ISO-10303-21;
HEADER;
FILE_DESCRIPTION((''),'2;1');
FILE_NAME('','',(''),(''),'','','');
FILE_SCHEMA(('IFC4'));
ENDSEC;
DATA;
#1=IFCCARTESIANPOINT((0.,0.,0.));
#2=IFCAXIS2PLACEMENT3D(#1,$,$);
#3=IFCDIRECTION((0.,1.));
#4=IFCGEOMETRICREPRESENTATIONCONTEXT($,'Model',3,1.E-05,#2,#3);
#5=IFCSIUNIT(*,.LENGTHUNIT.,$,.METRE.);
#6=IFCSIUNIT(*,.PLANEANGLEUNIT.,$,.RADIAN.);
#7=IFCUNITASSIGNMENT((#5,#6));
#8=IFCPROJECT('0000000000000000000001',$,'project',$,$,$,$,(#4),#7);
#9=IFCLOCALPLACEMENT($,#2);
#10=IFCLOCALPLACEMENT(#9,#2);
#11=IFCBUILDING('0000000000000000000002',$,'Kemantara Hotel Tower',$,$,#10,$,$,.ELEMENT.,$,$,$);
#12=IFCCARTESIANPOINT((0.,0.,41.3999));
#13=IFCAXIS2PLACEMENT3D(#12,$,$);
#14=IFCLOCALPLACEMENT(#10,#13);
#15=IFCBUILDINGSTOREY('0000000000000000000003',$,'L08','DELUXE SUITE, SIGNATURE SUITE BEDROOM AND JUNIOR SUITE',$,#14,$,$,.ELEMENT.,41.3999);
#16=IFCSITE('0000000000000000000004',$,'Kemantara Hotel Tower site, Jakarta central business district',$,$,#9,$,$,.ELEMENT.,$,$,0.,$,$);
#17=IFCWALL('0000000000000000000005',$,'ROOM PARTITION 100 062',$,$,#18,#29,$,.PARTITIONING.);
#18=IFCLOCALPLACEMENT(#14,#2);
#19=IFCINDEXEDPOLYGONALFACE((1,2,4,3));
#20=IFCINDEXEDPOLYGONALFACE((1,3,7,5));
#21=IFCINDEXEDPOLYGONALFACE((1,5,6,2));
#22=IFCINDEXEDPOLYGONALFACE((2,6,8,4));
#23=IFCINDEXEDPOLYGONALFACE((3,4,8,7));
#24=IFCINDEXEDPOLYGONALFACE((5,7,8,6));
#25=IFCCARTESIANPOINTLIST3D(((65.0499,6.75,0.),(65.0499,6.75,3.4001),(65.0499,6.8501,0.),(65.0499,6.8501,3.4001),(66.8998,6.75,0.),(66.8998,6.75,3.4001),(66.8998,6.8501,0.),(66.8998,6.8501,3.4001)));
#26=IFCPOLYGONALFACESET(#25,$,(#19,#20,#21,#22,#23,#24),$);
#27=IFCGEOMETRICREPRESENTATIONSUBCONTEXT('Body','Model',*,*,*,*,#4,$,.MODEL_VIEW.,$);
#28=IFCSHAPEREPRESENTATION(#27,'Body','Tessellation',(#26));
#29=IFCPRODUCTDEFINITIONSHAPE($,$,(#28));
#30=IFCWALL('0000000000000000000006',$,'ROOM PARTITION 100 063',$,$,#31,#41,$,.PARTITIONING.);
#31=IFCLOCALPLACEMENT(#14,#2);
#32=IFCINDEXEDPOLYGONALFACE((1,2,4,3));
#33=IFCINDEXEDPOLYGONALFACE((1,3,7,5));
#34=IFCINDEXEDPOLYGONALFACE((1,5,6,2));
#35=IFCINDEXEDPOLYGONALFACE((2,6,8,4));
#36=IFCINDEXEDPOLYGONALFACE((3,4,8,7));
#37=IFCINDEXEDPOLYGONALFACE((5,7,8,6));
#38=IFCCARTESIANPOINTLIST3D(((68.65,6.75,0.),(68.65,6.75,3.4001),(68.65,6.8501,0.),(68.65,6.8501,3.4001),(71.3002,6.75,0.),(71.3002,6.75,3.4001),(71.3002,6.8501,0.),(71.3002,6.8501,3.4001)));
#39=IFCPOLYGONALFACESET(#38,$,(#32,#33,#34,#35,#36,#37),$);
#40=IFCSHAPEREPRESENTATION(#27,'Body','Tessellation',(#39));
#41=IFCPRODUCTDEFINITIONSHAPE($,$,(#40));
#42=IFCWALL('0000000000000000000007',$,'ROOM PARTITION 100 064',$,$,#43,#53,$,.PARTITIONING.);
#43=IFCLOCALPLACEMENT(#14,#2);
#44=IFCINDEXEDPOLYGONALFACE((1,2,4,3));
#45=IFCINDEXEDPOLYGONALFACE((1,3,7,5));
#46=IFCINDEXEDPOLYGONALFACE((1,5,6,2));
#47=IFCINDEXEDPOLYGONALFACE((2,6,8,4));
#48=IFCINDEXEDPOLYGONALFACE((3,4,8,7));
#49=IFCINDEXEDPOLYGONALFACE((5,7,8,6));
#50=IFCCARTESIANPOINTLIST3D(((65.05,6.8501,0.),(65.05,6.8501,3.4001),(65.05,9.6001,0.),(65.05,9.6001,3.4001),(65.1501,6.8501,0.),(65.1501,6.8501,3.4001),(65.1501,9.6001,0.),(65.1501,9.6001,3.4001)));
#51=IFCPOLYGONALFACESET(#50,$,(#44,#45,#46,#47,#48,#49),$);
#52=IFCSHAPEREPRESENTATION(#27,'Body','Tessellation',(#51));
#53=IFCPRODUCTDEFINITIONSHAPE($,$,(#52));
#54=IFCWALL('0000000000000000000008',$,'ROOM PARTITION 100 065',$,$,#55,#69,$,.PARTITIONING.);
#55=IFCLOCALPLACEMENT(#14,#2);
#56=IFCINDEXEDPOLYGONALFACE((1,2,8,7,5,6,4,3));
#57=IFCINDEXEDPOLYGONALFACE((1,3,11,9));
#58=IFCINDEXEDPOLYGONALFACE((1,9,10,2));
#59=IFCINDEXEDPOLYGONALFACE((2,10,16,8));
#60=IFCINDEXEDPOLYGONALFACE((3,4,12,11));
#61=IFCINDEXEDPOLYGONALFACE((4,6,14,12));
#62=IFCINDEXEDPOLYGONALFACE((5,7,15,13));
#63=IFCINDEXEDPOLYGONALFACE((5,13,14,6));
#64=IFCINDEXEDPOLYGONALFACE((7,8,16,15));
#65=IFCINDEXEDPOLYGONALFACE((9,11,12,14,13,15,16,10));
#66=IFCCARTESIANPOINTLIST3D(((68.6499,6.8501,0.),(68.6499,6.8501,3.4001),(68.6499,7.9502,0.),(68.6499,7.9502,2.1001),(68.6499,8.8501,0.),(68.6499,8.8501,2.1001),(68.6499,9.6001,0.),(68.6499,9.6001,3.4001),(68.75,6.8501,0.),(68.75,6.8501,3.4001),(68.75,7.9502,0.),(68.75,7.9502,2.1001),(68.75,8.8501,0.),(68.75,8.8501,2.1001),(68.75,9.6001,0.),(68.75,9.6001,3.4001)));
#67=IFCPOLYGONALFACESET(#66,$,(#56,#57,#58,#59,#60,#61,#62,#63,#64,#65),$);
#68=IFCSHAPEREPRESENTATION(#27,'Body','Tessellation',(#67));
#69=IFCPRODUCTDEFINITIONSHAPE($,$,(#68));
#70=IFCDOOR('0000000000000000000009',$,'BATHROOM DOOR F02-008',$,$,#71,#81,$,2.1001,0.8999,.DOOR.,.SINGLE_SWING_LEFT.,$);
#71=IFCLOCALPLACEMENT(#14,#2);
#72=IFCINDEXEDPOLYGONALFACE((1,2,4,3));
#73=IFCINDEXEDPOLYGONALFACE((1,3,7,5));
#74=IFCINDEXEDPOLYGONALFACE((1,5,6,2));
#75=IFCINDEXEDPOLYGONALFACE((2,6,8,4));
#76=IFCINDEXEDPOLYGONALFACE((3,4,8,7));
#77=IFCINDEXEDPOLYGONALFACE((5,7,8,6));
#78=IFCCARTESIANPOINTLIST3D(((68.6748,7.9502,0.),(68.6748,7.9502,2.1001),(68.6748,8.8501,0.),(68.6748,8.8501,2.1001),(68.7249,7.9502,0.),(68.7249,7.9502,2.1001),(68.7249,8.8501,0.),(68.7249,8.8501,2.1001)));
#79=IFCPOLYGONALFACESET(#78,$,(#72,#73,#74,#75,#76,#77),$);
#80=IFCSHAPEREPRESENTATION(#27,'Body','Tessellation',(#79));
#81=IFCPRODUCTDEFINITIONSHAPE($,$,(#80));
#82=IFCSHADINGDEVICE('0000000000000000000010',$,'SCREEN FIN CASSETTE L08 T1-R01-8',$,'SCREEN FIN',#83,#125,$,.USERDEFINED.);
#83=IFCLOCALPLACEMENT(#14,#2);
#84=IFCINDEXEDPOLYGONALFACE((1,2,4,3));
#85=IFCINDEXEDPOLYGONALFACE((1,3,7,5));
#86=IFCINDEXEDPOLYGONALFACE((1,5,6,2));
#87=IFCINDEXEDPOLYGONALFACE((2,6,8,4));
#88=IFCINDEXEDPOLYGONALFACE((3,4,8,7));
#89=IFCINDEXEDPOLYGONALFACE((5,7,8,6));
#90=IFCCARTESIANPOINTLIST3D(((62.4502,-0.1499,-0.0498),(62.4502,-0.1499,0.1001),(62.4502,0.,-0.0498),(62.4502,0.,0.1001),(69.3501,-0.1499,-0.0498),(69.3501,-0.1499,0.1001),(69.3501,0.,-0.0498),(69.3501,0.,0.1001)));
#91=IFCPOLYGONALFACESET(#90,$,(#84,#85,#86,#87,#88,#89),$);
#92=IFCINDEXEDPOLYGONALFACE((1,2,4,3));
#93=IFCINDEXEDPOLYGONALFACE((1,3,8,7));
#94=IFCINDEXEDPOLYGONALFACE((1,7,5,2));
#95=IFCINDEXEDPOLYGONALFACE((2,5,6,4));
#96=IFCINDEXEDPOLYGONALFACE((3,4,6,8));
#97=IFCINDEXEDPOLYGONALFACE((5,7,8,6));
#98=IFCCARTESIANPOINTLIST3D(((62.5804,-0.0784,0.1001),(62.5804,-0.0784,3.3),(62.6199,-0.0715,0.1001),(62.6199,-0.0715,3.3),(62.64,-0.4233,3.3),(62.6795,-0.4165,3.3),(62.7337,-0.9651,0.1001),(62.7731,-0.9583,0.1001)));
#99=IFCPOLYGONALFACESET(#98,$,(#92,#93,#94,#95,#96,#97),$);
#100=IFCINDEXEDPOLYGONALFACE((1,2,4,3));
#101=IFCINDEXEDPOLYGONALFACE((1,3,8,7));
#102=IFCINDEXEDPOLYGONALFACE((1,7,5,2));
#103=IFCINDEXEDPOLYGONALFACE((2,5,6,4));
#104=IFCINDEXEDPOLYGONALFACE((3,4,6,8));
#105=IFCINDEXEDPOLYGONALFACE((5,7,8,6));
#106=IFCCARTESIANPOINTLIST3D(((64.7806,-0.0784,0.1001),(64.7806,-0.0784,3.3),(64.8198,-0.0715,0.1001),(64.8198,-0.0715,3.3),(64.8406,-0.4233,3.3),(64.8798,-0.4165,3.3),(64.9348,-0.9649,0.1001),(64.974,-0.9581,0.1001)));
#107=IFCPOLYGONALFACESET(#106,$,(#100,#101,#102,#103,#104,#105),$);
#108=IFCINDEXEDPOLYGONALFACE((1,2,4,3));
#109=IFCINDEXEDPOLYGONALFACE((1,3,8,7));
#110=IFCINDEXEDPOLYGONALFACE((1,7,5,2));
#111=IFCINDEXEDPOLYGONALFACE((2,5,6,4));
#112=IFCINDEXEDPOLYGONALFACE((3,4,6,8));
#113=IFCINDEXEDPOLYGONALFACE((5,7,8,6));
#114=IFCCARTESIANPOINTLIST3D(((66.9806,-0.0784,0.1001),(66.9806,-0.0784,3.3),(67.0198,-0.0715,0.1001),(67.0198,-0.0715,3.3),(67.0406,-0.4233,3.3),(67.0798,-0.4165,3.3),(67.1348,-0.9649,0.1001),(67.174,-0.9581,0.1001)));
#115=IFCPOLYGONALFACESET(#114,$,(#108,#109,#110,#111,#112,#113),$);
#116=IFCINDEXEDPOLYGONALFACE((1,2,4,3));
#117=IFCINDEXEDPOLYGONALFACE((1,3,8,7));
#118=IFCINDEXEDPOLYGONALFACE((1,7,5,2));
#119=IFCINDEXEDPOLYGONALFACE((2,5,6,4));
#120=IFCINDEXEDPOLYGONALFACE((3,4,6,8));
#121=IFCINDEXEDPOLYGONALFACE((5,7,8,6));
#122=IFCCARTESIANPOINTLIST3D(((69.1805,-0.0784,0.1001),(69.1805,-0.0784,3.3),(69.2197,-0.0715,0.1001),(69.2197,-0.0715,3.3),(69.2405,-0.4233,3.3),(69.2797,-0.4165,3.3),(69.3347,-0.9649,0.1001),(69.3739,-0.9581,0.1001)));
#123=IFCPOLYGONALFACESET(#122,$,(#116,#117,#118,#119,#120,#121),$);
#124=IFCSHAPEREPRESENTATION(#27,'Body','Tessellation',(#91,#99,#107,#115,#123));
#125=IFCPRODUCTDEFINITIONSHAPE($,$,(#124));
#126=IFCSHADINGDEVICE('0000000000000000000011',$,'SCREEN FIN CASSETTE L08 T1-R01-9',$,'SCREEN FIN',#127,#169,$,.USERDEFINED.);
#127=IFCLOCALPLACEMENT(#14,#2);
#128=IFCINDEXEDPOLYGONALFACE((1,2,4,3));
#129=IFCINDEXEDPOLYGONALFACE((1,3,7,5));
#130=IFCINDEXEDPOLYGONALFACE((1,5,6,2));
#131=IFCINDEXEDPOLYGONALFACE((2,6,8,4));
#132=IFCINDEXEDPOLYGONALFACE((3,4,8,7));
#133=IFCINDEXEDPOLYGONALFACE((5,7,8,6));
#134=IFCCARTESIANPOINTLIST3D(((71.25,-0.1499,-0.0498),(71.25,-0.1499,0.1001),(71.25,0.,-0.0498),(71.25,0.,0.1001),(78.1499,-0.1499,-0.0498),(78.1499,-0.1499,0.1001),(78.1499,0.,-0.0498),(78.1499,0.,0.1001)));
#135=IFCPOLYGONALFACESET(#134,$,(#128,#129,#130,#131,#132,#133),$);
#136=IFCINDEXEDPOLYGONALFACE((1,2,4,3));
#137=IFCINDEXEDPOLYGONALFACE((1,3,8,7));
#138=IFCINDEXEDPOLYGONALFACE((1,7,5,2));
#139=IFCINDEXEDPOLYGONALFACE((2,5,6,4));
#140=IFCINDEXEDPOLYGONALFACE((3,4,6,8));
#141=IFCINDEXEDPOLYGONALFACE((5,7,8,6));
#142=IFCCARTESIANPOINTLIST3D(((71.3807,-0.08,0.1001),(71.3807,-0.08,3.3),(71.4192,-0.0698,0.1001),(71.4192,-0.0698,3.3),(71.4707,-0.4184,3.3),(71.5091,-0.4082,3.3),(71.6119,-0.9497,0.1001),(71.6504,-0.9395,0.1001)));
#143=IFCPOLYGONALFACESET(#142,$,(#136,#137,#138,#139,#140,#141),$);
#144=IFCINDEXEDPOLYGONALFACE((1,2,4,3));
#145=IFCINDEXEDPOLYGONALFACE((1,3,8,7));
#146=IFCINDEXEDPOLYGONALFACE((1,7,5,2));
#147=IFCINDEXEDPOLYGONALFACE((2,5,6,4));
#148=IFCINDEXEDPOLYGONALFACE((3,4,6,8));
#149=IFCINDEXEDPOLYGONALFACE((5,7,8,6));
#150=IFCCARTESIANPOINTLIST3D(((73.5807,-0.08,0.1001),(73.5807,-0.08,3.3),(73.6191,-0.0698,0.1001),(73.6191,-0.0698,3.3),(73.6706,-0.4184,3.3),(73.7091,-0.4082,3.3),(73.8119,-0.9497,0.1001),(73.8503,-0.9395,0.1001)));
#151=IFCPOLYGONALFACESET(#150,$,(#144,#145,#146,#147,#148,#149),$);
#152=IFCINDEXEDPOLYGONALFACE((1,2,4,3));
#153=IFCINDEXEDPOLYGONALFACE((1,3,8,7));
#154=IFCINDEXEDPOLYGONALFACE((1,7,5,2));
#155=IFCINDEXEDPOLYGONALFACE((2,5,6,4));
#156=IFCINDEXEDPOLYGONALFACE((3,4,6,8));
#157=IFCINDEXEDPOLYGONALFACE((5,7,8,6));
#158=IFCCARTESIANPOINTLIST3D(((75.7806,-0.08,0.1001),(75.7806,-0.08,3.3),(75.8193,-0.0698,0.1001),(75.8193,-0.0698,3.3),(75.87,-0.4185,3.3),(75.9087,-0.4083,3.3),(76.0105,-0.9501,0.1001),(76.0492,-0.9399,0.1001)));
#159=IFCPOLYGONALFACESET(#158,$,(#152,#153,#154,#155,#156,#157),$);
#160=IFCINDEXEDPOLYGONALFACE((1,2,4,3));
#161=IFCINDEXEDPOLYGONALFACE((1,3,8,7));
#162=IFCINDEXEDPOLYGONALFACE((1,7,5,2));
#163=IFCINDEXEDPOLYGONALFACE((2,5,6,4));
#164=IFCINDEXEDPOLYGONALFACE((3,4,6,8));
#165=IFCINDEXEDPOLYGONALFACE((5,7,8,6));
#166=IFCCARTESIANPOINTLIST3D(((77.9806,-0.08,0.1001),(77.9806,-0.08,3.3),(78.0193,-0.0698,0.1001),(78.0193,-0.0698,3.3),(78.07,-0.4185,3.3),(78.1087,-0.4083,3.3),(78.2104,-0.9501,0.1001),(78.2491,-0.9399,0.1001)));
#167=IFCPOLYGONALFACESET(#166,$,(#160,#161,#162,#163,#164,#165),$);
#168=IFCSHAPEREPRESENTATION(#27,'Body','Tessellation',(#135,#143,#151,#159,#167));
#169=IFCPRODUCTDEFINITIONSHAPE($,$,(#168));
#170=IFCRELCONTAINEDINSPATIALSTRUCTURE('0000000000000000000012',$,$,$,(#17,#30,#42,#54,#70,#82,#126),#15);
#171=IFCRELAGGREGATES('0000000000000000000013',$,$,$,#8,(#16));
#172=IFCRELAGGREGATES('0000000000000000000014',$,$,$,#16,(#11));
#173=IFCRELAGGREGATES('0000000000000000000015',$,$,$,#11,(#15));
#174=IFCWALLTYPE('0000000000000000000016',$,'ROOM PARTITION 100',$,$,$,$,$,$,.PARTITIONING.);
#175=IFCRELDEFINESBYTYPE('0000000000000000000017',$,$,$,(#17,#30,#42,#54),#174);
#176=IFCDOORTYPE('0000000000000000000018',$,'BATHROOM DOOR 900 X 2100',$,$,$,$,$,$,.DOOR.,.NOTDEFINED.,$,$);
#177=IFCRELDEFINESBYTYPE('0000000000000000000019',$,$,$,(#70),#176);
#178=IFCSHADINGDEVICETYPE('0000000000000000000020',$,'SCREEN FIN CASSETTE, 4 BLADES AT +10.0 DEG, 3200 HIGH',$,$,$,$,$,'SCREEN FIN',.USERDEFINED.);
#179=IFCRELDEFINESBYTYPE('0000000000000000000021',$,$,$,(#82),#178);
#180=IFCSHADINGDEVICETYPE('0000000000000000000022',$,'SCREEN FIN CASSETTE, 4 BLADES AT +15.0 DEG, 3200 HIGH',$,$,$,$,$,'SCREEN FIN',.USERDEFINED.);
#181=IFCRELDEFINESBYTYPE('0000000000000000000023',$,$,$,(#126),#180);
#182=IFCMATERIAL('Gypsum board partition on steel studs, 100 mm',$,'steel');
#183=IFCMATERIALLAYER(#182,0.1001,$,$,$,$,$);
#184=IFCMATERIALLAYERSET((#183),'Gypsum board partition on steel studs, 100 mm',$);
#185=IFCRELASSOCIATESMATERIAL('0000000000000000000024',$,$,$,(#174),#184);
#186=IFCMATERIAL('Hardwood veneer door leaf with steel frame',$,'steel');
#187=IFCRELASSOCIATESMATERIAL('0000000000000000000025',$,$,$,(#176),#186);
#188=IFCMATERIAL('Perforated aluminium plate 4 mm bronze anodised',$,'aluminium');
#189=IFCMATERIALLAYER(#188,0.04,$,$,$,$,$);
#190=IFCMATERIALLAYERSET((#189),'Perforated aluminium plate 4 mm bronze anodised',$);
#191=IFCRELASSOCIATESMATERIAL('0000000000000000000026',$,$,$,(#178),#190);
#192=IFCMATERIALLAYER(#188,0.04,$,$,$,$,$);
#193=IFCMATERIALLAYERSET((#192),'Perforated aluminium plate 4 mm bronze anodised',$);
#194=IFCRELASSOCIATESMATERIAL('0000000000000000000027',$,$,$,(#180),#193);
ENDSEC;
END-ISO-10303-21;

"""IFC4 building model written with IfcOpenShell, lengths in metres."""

from ifc_helpers import new_model, si_unit, direction, frame, frame_2d, origin, origin_2d, place, context, subcontext, project, spatial, polyline, rectangle, outline, extrude, source, transform, mapped, material, layer, layer_set, type_object, element, fill, save


model = new_model("IFC4")

# Units and contexts
model_context = context("Model", 3, precision=1e-05, world=origin(), true_north=direction((0.0, 1.0)))
body_context = subcontext(model_context, "Body", "Model", "MODEL_VIEW")
ifc_project = project(units=[si_unit("LENGTHUNIT", "METRE"), si_unit("PLANEANGLEUNIT", "RADIAN")], contexts=[model_context])

# Site, building, storey
site_placement = place(None, origin())
site = spatial("IfcSite", under=ifc_project, at=site_placement, Name="Kemantara Hotel Tower site, Jakarta central business district", CompositionType="ELEMENT", RefElevation=0.0)
building_placement = place(site_placement, origin())
building = spatial("IfcBuilding", under=site, at=building_placement, Name="Kemantara Hotel Tower", CompositionType="ELEMENT")
storey_placement = place(building_placement, frame((0.0, 0.0, 41.3999)))
storey = spatial("IfcBuildingStorey", under=building, at=storey_placement, Name="L08", Description="DELUXE SUITE, SIGNATURE SUITE BEDROOM AND JUNIOR SUITE", CompositionType="ELEMENT", Elevation=41.3999)

# Shared definitions
ifc_material_1 = material(Name="Hardwood veneer door leaf with steel frame", Category="steel")

# Walls
ifc_material_2 = material(Name="Gypsum board partition on steel studs, 100 mm", Category="steel")
ifc_layer_1 = layer(ifc_material_2, 0.1001)
ifc_layer_set_1 = layer_set([ifc_layer_1], Name="Gypsum board partition on steel studs, 100 mm")
wall_type_1 = type_object("IfcWallType", Name="ROOM PARTITION 100", PredefinedType="PARTITIONING", material=ifc_layer_set_1)
wall_1_placement = place(storey_placement, frame((65.05, 6.8, 0.0), z_axis=(0.0, 0.0, 1.0), x_axis=(1.0, 0.0, 0.0)))
element("IfcWall", 1, at=wall_1_placement, inside=storey, type_object=wall_type_1, Name="ROOM PARTITION 100 062", PredefinedType="PARTITIONING", context=body_context, shape_type="SweptSolid", body=[
    extrude(rectangle(XDim=1.8499, YDim=0.1001, at=frame_2d((0.9248, 0.0))), origin(), (0.0, 0.0, 1.0), 3.4001),
])
wall_2_placement = place(storey_placement, frame((68.6499, 6.8, 0.0), z_axis=(0.0, 0.0, 1.0), x_axis=(1.0, 0.0, 0.0)))
element("IfcWall", 2, at=wall_2_placement, inside=storey, type_object=wall_type_1, Name="ROOM PARTITION 100 063", PredefinedType="PARTITIONING", context=body_context, shape_type="SweptSolid", body=[
    extrude(rectangle(XDim=2.6501, YDim=0.1001, at=frame_2d((1.3252, 0.0))), origin(), (0.0, 0.0, 1.0), 3.4001),
])
wall_3_placement = place(storey_placement, frame((65.1001, 6.8501, 0.0), z_axis=(0.0, 0.0, 1.0), x_axis=(0.0, 1.0, 0.0)))
element("IfcWall", 3, at=wall_3_placement, inside=storey, type_object=wall_type_1, Name="ROOM PARTITION 100 064", PredefinedType="PARTITIONING", context=body_context, shape_type="SweptSolid", body=[
    extrude(rectangle(XDim=2.75, YDim=0.1001, at=frame_2d((1.375, 0.0))), origin(), (0.0, 0.0, 1.0), 3.4001),
])

# Wall, opening, door
wall_4_placement = place(storey_placement, frame((68.7, 9.6001, 0.0), z_axis=(0.0, 0.0, 1.0), x_axis=(0.0, -1.0, 0.0)))
wall_4 = element("IfcWall", 4, at=wall_4_placement, inside=storey, type_object=wall_type_1, Name="ROOM PARTITION 100 065", PredefinedType="PARTITIONING", context=body_context, shape_type="SweptSolid", body=[
    extrude(rectangle(XDim=2.75, YDim=0.1001, at=frame_2d((1.375, 0.0))), origin(), (0.0, 0.0, 1.0), 3.4001),
])
opening_1_placement = place(wall_4_placement, frame((0.75, 0.0, 0.0)))
opening_1 = element("IfcOpeningElement", 5, at=opening_1_placement, cuts=wall_4, PredefinedType="OPENING", context=body_context, shape_type="SweptSolid", body=[
    extrude(rectangle(XDim=0.8999, YDim=2.1001, at=frame_2d((0.45, 1.05))), frame((0.0, 0.0601, 0.0), z_axis=(0.0, -1.0, 0.0), x_axis=(1.0, 0.0, 0.0)), (0.0, 0.0, 1.0), 0.1201),
])
door_type_1 = type_object("IfcDoorType", Name="BATHROOM DOOR 900 X 2100", OperationType="NOTDEFINED", PredefinedType="DOOR", material=ifc_material_1)
door_1_placement = place(opening_1_placement, origin())
door_1 = element("IfcDoor", 6, at=door_1_placement, inside=storey, type_object=door_type_1, Name="BATHROOM DOOR F02-008", OperationType="SINGLE_SWING_LEFT", OverallHeight=2.1001, OverallWidth=0.8999, PredefinedType="DOOR", context=body_context, shape_type="SweptSolid", body=[
    extrude(rectangle(XDim=0.8999, YDim=2.1001, at=frame_2d((0.45, 1.05))), frame((0.0, 0.0249, 0.0), z_axis=(0.0, -1.0, 0.0), x_axis=(1.0, 0.0, 0.0)), (0.0, 0.0, 1.0), 0.05),
])
fill(opening_1, door_1)

# Shading devices
ifc_material_3 = material(Name="Perforated aluminium plate 4 mm bronze anodised", Category="aluminium")
ifc_layer_2 = layer(ifc_material_3, 0.04)
ifc_layer_set_2 = layer_set([ifc_layer_2], Name="Perforated aluminium plate 4 mm bronze anodised")
shading_device_type_1 = type_object("IfcShadingDeviceType", Name="SCREEN FIN CASSETTE, 4 BLADES AT +10.0 DEG, 3200 HIGH", ElementType="SCREEN FIN", PredefinedType="USERDEFINED", material=ifc_layer_set_2)
shared_shape_1 = source(origin(), body_context, "Body", "SweptSolid", [
    extrude(rectangle(XDim=6.8999, YDim=0.1499, at=origin_2d()), frame((3.3, -0.075, -0.1499), z_axis=(0.0, 0.0, 1.0), x_axis=(1.0, 0.0, 0.0)), (0.0, 0.0, 1.0), 0.1499),
    extrude(outline(polyline([(0.0, 0.0), (0.8999, 0.0), (0.3501, 3.2), (0.0, 3.2), (0.0, 0.0)])), frame((0.0198, -0.0715, 0.0), z_axis=(-0.98539, -0.170314, 0.0), x_axis=(0.170314, -0.98539, 0.0)), (0.0, 0.0, 1.0), 0.04),
    extrude(outline(polyline([(0.0, 0.0), (0.8999, 0.0), (0.3501, 3.2), (0.0, 3.2), (0.0, 0.0)])), frame((2.2197, -0.0715, 0.0), z_axis=(-0.985212, -0.171341, 0.0), x_axis=(0.171341, -0.985212, 0.0)), (0.0, 0.0, 1.0), 0.0398),
    extrude(outline(polyline([(0.0, 0.0), (0.8999, 0.0), (0.3501, 3.2), (0.0, 3.2), (0.0, 0.0)])), frame((4.4197, -0.0715, 0.0), z_axis=(-0.985212, -0.171341, 0.0), x_axis=(0.171341, -0.985212, 0.0)), (0.0, 0.0, 1.0), 0.0398),
    extrude(outline(polyline([(0.0, 0.0), (0.8999, 0.0), (0.3501, 3.2), (0.0, 3.2), (0.0, 0.0)])), frame((6.6196, -0.0715, 0.0), z_axis=(-0.985212, -0.171341, 0.0), x_axis=(0.171341, -0.985212, 0.0)), (0.0, 0.0, 1.0), 0.0398),
])
shading_device_1_placement = place(storey_placement, frame((62.6001, 0.0, 0.1001), z_axis=(0.0, 0.0, 1.0), x_axis=(1.0, 0.0, 0.0)))
element("IfcShadingDevice", 7, at=shading_device_1_placement, inside=storey, type_object=shading_device_type_1, Name="SCREEN FIN CASSETTE L08 T1-R01-8", ObjectType="SCREEN FIN", PredefinedType="USERDEFINED", context=body_context, shape_type="MappedRepresentation", body=[
    mapped(shared_shape_1, transform((0.0, 0.0, 0.0))),
])
ifc_layer_3 = layer(ifc_material_3, 0.04)
ifc_layer_set_3 = layer_set([ifc_layer_3], Name="Perforated aluminium plate 4 mm bronze anodised")
shading_device_type_2 = type_object("IfcShadingDeviceType", Name="SCREEN FIN CASSETTE, 4 BLADES AT +15.0 DEG, 3200 HIGH", ElementType="SCREEN FIN", PredefinedType="USERDEFINED", material=ifc_layer_set_3)
shared_shape_2 = source(origin(), body_context, "Body", "SweptSolid", [
    extrude(rectangle(XDim=6.8999, YDim=0.1499, at=origin_2d()), frame((3.3, -0.075, -0.1499), z_axis=(0.0, 0.0, 1.0), x_axis=(1.0, 0.0, 0.0)), (0.0, 0.0, 1.0), 0.1499),
    extrude(outline(polyline([(0.0, 0.0), (0.8999, 0.0), (0.3501, 3.2), (0.0, 3.2), (0.0, 0.0)])), frame((0.0193, -0.0698, 0.0), z_axis=(-0.966438, -0.256901, 0.0), x_axis=(0.256901, -0.966438, 0.0)), (0.0, 0.0, 1.0), 0.0398),
    extrude(outline(polyline([(0.0, 0.0), (0.8999, 0.0), (0.3501, 3.2), (0.0, 3.2), (0.0, 0.0)])), frame((2.2192, -0.0698, 0.0), z_axis=(-0.966438, -0.256901, 0.0), x_axis=(0.256901, -0.966438, 0.0)), (0.0, 0.0, 1.0), 0.0398),
    extrude(outline(polyline([(0.0, 0.0), (0.8999, 0.0), (0.3501, 3.2), (0.0, 3.2), (0.0, 0.0)])), frame((4.4194, -0.0698, 0.0), z_axis=(-0.966838, -0.255391, 0.0), x_axis=(0.255391, -0.966838, 0.0)), (0.0, 0.0, 1.0), 0.04),
    extrude(outline(polyline([(0.0, 0.0), (0.8999, 0.0), (0.3501, 3.2), (0.0, 3.2), (0.0, 0.0)])), frame((6.6194, -0.0698, 0.0), z_axis=(-0.966838, -0.255391, 0.0), x_axis=(0.255391, -0.966838, 0.0)), (0.0, 0.0, 1.0), 0.04),
])
shading_device_2_placement = place(storey_placement, frame((71.3999, 0.0, 0.1001), z_axis=(0.0, 0.0, 1.0), x_axis=(1.0, 0.0, 0.0)))
element("IfcShadingDevice", 8, at=shading_device_2_placement, inside=storey, type_object=shading_device_type_2, Name="SCREEN FIN CASSETTE L08 T1-R01-9", ObjectType="SCREEN FIN", PredefinedType="USERDEFINED", context=body_context, shape_type="MappedRepresentation", body=[
    mapped(shared_shape_2, transform((0.0, 0.0, 0.0))),
])

save(model, "model.ifc")
